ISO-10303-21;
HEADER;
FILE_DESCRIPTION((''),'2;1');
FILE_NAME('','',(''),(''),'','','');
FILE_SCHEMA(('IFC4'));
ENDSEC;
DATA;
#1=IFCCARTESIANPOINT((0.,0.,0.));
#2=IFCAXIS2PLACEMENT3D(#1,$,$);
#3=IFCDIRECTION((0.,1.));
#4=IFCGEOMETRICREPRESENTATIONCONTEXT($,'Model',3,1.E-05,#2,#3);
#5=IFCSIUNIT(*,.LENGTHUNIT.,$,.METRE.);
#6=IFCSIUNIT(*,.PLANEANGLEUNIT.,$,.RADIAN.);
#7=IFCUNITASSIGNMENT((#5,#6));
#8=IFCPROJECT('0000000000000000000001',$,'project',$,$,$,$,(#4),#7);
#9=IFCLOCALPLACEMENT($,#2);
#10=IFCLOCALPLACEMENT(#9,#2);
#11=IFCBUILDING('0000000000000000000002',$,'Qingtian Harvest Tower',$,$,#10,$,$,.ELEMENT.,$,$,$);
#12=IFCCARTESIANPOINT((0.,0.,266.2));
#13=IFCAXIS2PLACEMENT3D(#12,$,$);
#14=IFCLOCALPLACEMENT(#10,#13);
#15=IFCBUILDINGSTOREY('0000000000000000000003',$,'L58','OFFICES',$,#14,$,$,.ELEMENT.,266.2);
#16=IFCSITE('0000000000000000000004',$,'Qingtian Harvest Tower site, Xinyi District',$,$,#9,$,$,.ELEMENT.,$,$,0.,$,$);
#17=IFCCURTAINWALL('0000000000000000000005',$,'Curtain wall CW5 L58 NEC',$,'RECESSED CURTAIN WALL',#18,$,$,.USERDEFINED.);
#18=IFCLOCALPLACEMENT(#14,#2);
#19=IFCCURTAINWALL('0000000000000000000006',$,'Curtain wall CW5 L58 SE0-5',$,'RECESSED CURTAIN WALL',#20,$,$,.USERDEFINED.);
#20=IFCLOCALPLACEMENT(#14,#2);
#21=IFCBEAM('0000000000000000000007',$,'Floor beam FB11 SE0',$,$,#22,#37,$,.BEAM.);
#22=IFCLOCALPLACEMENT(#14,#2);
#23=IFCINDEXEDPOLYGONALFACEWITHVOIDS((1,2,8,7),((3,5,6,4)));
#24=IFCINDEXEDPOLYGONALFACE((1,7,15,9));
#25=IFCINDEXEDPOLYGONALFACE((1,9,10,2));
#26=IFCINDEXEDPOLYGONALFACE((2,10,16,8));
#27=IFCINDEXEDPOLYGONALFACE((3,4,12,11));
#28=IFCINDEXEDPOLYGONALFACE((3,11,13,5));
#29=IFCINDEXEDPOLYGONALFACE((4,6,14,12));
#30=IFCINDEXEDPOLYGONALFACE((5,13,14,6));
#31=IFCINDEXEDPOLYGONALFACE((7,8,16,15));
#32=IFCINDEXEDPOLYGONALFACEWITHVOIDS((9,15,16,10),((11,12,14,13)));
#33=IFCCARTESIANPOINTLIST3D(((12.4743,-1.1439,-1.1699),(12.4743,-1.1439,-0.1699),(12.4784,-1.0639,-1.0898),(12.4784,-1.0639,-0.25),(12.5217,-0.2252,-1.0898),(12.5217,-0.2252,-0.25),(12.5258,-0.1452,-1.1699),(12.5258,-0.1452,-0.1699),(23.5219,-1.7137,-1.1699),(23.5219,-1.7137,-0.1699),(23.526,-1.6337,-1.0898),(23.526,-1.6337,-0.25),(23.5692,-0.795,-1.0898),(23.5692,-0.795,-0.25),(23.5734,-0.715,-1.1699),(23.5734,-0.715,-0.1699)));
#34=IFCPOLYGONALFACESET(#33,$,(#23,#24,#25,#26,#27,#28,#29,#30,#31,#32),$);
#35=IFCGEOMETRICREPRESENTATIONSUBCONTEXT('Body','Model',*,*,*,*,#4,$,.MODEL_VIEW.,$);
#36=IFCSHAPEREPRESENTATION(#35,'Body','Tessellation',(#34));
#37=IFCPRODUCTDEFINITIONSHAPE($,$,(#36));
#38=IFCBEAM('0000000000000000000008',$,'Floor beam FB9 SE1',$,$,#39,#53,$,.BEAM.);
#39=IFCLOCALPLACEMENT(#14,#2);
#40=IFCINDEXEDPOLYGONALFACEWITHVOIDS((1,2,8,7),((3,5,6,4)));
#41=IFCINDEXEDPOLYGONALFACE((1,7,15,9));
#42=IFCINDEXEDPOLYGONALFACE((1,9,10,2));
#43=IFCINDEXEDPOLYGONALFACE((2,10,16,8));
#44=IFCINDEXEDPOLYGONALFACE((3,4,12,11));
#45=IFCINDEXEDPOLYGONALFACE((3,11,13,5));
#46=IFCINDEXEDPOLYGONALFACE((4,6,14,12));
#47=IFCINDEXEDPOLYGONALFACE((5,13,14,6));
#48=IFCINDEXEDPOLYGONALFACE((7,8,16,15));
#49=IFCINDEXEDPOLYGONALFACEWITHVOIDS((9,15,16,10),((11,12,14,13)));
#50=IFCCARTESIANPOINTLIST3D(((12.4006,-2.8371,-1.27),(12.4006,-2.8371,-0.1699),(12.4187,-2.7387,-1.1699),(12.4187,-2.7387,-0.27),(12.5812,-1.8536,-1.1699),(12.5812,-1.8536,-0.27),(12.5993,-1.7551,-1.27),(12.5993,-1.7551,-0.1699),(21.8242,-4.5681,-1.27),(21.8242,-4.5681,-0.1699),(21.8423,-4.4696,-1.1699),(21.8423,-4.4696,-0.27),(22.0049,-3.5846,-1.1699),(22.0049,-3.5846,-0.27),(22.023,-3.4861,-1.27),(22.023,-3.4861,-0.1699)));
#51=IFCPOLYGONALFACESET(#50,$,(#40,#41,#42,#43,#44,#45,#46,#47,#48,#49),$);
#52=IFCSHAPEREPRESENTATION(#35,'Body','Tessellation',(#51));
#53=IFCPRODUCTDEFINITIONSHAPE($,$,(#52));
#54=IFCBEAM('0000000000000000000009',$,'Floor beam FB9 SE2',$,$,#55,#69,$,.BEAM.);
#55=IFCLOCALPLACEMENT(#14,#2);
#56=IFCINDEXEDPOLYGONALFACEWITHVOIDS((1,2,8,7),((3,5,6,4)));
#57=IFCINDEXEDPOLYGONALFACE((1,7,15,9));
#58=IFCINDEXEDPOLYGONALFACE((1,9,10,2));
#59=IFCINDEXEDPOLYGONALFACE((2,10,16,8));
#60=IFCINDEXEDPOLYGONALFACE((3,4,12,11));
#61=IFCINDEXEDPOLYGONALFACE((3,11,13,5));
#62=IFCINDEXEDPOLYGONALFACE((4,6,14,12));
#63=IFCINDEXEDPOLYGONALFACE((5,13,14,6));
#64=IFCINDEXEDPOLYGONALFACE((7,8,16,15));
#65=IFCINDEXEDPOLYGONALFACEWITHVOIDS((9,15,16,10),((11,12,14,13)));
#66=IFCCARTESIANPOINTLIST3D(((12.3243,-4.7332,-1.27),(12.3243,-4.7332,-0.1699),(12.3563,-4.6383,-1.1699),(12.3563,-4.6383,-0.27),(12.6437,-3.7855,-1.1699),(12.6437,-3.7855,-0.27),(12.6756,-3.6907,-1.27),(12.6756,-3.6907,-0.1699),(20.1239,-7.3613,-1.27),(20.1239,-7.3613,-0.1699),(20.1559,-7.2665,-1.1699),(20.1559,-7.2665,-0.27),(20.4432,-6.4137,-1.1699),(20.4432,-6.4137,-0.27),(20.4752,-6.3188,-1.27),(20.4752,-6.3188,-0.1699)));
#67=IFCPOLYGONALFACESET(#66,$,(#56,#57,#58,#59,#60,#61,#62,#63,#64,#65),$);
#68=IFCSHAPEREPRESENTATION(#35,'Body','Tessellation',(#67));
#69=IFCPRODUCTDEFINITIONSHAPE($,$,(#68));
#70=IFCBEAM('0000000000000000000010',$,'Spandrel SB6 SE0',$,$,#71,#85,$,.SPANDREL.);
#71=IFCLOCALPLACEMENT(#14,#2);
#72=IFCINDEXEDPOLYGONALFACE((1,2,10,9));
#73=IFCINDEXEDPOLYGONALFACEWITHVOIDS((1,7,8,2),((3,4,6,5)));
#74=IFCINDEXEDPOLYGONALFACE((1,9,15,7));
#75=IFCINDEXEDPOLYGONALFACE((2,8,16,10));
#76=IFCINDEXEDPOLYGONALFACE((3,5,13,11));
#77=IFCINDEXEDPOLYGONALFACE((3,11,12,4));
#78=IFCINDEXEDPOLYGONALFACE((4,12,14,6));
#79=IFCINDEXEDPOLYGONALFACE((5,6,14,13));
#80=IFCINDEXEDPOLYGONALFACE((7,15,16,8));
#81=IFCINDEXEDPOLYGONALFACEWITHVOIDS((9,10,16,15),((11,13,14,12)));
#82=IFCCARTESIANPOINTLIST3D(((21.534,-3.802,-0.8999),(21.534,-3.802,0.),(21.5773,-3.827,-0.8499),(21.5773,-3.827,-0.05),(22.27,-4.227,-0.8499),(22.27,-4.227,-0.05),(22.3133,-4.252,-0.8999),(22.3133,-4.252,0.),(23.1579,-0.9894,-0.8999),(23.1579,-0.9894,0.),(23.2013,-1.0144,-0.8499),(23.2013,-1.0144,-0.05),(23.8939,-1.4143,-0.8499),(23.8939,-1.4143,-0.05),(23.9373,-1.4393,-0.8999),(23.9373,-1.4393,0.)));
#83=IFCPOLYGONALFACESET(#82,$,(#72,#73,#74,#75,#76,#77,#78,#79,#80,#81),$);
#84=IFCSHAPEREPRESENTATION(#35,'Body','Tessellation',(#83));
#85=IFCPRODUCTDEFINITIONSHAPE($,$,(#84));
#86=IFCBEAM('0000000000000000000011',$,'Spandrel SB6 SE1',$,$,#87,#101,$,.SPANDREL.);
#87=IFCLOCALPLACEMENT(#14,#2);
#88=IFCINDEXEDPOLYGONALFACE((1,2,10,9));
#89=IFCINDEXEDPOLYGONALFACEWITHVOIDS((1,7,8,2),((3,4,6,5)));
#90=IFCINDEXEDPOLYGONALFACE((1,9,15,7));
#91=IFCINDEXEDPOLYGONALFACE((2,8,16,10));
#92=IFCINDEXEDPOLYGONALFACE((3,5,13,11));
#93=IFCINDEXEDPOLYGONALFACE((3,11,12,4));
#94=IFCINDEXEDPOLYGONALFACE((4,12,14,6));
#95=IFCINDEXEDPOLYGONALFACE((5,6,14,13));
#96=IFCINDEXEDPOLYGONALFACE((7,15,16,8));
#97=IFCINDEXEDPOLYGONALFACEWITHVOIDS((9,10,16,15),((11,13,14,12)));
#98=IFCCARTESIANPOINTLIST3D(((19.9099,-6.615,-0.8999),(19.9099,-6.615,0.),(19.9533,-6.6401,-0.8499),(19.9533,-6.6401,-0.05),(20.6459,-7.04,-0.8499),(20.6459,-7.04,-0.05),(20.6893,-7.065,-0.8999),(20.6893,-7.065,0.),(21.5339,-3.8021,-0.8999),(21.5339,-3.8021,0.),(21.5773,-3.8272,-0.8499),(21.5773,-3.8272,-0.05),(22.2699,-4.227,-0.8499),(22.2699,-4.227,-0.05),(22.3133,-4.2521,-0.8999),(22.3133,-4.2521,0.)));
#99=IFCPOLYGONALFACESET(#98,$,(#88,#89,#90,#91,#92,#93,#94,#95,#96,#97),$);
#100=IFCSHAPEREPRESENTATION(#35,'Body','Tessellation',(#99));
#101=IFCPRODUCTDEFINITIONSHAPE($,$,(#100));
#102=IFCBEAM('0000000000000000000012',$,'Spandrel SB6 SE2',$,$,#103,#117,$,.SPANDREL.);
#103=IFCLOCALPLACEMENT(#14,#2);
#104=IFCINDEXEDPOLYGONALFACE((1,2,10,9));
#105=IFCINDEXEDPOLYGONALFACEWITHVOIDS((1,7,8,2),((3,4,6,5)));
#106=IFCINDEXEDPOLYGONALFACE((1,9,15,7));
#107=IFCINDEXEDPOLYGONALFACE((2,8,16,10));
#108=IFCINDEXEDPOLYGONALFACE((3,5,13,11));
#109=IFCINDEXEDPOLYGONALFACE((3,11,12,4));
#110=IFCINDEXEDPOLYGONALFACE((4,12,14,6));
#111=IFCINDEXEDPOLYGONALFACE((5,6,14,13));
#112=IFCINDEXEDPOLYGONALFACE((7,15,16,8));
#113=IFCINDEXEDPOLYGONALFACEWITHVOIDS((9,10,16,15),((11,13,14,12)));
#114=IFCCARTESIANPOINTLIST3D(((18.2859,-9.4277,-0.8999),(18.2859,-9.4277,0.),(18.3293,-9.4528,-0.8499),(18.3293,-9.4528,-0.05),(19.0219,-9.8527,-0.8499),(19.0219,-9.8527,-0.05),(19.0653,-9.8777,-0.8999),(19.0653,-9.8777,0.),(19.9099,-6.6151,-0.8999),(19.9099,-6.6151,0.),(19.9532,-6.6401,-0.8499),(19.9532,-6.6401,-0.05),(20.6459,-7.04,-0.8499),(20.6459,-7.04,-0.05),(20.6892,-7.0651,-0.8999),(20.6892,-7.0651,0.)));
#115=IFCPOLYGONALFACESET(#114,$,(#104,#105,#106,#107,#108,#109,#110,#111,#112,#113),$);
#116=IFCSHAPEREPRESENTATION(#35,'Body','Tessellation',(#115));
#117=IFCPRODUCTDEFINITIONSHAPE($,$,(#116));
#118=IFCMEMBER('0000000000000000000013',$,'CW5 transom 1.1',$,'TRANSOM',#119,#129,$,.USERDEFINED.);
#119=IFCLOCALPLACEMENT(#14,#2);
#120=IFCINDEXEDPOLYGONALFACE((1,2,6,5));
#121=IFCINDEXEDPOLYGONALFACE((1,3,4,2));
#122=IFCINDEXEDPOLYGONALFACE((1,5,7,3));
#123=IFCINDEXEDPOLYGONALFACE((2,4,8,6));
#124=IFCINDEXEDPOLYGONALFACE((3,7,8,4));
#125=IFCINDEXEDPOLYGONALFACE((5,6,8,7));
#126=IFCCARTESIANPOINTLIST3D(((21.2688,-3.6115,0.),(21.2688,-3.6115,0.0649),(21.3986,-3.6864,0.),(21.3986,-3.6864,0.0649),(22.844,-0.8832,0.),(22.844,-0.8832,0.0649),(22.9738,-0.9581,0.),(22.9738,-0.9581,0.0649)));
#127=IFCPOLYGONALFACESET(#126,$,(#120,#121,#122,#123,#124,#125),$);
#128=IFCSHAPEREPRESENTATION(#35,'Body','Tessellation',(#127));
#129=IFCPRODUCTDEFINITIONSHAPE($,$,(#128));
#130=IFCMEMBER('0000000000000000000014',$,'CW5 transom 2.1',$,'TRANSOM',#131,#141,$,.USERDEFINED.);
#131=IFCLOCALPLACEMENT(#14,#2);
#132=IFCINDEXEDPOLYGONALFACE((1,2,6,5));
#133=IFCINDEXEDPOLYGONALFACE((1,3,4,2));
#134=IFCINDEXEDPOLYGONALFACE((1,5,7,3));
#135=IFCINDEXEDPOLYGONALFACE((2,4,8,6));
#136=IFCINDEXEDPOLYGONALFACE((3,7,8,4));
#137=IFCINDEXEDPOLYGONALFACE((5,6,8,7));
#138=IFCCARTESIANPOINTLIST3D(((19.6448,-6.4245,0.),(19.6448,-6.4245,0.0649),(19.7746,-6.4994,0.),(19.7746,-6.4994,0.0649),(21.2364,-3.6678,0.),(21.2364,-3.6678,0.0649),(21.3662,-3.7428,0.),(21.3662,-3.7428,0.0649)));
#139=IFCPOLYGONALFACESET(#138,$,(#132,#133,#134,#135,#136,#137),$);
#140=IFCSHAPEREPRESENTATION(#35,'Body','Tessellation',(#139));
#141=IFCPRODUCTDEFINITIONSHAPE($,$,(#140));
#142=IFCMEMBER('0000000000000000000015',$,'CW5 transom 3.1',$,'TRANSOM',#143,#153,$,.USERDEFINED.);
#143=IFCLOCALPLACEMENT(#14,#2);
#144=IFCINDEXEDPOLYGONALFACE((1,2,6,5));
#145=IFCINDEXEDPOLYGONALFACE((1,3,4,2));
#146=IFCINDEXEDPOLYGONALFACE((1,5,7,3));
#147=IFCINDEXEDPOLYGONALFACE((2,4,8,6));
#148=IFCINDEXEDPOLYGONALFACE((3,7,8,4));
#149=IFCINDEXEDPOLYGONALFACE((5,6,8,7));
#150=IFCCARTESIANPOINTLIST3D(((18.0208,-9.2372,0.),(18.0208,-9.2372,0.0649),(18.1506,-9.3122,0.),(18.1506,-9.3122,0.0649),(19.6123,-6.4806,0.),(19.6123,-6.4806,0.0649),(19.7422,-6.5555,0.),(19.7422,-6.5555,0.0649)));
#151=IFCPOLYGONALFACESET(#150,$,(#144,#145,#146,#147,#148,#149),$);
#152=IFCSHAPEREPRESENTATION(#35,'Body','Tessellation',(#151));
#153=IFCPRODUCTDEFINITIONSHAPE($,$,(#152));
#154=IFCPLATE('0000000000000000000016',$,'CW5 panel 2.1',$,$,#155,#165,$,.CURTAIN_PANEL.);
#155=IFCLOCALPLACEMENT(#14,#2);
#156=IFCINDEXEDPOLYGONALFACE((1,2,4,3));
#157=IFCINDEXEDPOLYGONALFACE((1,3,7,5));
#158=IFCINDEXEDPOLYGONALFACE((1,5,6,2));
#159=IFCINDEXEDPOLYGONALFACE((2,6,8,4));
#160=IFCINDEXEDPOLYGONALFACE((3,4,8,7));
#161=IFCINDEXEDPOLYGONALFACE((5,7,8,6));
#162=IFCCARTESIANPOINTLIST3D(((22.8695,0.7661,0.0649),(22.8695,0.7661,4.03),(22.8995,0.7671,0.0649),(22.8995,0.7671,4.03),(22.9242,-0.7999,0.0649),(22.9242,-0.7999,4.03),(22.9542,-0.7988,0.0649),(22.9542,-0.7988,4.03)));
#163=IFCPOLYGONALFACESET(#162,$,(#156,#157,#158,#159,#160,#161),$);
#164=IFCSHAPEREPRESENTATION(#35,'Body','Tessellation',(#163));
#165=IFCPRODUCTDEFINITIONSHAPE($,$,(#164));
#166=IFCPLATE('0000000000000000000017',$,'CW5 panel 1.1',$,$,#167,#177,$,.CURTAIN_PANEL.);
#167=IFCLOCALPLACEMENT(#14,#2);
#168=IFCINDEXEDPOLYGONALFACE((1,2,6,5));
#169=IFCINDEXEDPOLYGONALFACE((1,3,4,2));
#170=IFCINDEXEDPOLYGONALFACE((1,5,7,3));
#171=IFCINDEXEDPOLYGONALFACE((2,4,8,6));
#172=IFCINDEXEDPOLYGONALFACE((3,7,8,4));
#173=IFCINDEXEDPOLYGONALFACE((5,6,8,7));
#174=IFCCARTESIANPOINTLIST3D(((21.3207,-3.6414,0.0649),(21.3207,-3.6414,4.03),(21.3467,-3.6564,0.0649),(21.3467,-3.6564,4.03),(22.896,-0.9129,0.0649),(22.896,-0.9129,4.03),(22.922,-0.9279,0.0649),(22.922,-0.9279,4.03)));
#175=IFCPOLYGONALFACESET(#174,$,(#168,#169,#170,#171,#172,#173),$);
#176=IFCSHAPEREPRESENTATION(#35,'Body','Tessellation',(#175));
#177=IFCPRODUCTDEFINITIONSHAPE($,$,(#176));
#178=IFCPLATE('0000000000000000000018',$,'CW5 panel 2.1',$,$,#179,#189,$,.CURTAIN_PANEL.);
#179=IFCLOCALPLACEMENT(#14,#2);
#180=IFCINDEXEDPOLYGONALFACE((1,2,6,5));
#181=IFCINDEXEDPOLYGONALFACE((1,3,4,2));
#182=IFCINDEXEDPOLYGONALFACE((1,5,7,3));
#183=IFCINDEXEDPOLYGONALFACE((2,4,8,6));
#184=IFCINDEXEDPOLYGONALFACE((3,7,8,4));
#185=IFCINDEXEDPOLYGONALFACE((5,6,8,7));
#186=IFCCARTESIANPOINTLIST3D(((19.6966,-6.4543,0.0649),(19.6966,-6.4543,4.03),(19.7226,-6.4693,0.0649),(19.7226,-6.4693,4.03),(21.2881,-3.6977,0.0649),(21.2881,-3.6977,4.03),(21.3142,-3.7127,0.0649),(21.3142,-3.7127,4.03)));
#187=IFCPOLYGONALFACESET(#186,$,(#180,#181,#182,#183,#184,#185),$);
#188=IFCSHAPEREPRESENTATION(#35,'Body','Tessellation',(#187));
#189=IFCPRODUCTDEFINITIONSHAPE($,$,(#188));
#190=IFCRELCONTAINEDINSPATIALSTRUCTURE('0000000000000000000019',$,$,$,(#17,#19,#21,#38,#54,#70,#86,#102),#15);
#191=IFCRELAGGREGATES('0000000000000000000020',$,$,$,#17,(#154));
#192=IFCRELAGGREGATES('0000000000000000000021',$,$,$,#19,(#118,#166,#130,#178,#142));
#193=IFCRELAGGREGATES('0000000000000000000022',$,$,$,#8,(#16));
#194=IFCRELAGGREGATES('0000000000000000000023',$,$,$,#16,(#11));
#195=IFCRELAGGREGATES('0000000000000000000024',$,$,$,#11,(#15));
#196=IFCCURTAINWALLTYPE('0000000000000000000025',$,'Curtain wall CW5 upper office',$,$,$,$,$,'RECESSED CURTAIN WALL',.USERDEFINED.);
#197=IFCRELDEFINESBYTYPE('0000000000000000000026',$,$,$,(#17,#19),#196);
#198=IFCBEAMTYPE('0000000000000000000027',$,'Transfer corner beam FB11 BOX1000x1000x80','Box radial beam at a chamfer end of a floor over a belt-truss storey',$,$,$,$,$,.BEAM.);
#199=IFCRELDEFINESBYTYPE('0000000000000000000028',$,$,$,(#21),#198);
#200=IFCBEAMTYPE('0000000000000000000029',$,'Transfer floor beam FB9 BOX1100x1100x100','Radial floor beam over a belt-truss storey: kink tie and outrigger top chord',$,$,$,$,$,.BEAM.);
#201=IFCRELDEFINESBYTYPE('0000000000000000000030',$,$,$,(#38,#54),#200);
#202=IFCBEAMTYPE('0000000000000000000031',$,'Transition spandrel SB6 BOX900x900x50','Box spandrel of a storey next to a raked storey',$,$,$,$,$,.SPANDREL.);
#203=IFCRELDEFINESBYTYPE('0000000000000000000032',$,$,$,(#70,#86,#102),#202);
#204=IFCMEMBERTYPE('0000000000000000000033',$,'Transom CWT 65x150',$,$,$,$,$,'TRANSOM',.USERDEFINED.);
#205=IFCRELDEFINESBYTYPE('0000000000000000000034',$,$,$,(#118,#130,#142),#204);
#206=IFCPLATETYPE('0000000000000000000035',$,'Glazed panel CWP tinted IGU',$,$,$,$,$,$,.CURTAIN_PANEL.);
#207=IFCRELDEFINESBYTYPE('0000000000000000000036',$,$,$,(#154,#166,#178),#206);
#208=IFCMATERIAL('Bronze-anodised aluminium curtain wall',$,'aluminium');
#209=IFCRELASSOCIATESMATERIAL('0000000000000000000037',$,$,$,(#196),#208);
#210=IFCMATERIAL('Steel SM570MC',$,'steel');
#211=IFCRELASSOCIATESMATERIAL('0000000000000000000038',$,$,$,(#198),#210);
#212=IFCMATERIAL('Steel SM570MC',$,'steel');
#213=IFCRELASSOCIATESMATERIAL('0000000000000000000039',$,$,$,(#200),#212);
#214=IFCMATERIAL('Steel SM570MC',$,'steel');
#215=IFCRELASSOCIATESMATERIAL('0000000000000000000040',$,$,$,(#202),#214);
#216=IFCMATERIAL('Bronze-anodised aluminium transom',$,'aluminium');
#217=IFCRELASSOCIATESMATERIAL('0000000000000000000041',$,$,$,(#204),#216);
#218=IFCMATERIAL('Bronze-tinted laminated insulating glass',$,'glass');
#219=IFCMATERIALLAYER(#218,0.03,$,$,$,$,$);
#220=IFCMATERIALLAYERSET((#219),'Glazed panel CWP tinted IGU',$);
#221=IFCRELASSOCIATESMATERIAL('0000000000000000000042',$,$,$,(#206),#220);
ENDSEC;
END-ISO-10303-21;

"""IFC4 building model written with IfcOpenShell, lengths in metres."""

from ifc_helpers import new_model, si_unit, direction, frame, origin, origin_2d, place, context, subcontext, project, spatial, rectangle, hollow_rectangle, extrude, material, layer, layer_set, material_profile, profile_set, type_object, element, aggregate, save


model = new_model("IFC4")

# Units and contexts
model_context = context("Model", 3, precision=1e-05, world=origin(), true_north=direction((0.0, 1.0)))
body_context = subcontext(model_context, "Body", "Model", "MODEL_VIEW")
ifc_project = project(units=[si_unit("LENGTHUNIT", "METRE"), si_unit("PLANEANGLEUNIT", "RADIAN")], contexts=[model_context])

# Site, building, storey
site_placement = place(None, origin())
site = spatial("IfcSite", under=ifc_project, at=site_placement, Name="Qingtian Harvest Tower site, Xinyi District", CompositionType="ELEMENT", RefElevation=0.0)
building_placement = place(site_placement, origin())
building = spatial("IfcBuilding", under=site, at=building_placement, Name="Qingtian Harvest Tower", CompositionType="ELEMENT")
storey_placement = place(building_placement, frame((0.0, 0.0, 266.2)))
storey = spatial("IfcBuildingStorey", under=building, at=storey_placement, Name="L58", Description="OFFICES", CompositionType="ELEMENT", Elevation=266.2)

# Curtain wall
ifc_material_1 = material(Name="Bronze-anodised aluminium curtain wall", Category="aluminium")
curtain_wall_type = type_object("IfcCurtainWallType", Name="Curtain wall CW5 upper office", ElementType="RECESSED CURTAIN WALL", PredefinedType="USERDEFINED", material=ifc_material_1)
curtain_wall_1_placement = place(storey_placement, origin())
curtain_wall_1 = element("IfcCurtainWall", 1, at=curtain_wall_1_placement, inside=storey, type_object=curtain_wall_type, Name="Curtain wall CW5 L58 NEC", ObjectType="RECESSED CURTAIN WALL", PredefinedType="USERDEFINED")

# Curtain wall
curtain_wall_2_placement = place(storey_placement, origin())
curtain_wall_2 = element("IfcCurtainWall", 2, at=curtain_wall_2_placement, inside=storey, type_object=curtain_wall_type, Name="Curtain wall CW5 L58 SE0-5", ObjectType="RECESSED CURTAIN WALL", PredefinedType="USERDEFINED")

# Beams
ifc_material_2 = material(Name="Steel SM570MC", Category="steel")
ifc_material_profile_1 = material_profile(ifc_material_2, hollow_rectangle(XDim=1.0, YDim=1.0, WallThickness=0.0801, at=origin_2d()), Name="BOX1000x1000x80")
ifc_profile_set_1 = profile_set([ifc_material_profile_1], Name="Steel SM570MC")
beam_type_1 = type_object("IfcBeamType", Name="Transfer corner beam FB11 BOX1000x1000x80", Description="Box radial beam at a chamfer end of a floor over a belt-truss storey", PredefinedType="BEAM", material=ifc_profile_set_1)
beam_1_placement = place(storey_placement, frame((23.5476, -1.2144, -0.6699), z_axis=(-0.998672, 0.05151, 0.0), x_axis=(-0.05151, -0.998672, 0.0)))
element("IfcBeam", 3, at=beam_1_placement, inside=storey, type_object=beam_type_1, Name="Floor beam FB11 SE0", PredefinedType="BEAM", context=body_context, shape_type="SweptSolid", body=[
    extrude(hollow_rectangle(XDim=1.0, YDim=1.0, WallThickness=0.0801, at=origin_2d()), origin(), (0.0, 0.0, 1.0), 11.0623),
])
ifc_material_3 = material(Name="Steel SM570MC", Category="steel")
ifc_material_profile_2 = material_profile(ifc_material_3, hollow_rectangle(XDim=1.1001, YDim=1.1001, WallThickness=0.1001, at=origin_2d()), Name="BOX1100x1100x100")
ifc_profile_set_2 = profile_set([ifc_material_profile_2], Name="Steel SM570MC")
beam_type_2 = type_object("IfcBeamType", Name="Transfer floor beam FB9 BOX1100x1100x100", Description="Radial floor beam over a belt-truss storey: kink tie and outrigger top chord", PredefinedType="BEAM", material=ifc_profile_set_2)
beam_2_placement = place(storey_placement, frame((21.9236, -4.0271, -0.72), z_axis=(-0.983545, 0.180661, 0.0), x_axis=(-0.180661, -0.983545, 0.0)))
element("IfcBeam", 4, at=beam_2_placement, inside=storey, type_object=beam_type_2, Name="Floor beam FB9 SE1", PredefinedType="BEAM", context=body_context, shape_type="SweptSolid", body=[
    extrude(hollow_rectangle(XDim=1.1001, YDim=1.1001, WallThickness=0.1001, at=origin_2d()), origin(), (0.0, 0.0, 1.0), 9.5813),
])
beam_3_placement = place(storey_placement, frame((20.2996, -6.8401, -0.72), z_axis=(-0.947646, 0.319323, 0.0), x_axis=(-0.319323, -0.947646, 0.0)))
element("IfcBeam", 5, at=beam_3_placement, inside=storey, type_object=beam_type_2, Name="Floor beam FB9 SE2", PredefinedType="BEAM", context=body_context, shape_type="SweptSolid", body=[
    extrude(hollow_rectangle(XDim=1.1001, YDim=1.1001, WallThickness=0.1001, at=origin_2d()), origin(), (0.0, 0.0, 1.0), 8.2305),
])
ifc_material_4 = material(Name="Steel SM570MC", Category="steel")
ifc_material_profile_3 = material_profile(ifc_material_4, hollow_rectangle(XDim=0.8999, YDim=0.8999, WallThickness=0.05, at=origin_2d()), Name="BOX900x900x50")
ifc_profile_set_3 = profile_set([ifc_material_profile_3], Name="Steel SM570MC")
beam_type_3 = type_object("IfcBeamType", Name="Transition spandrel SB6 BOX900x900x50", Description="Box spandrel of a storey next to a raked storey", PredefinedType="SPANDREL", material=ifc_profile_set_3)
beam_4_placement = place(storey_placement, frame((23.5476, -1.2144, -0.45), z_axis=(-0.50002, -0.866014, 0.0), x_axis=(0.866014, -0.50002, 0.0)))
element("IfcBeam", 6, at=beam_4_placement, inside=storey, type_object=beam_type_3, Name="Spandrel SB6 SE0", PredefinedType="SPANDREL", context=body_context, shape_type="SweptSolid", body=[
    extrude(hollow_rectangle(XDim=0.8999, YDim=0.8999, WallThickness=0.05, at=origin_2d()), origin(), (0.0, 0.0, 1.0), 3.2478),
])
beam_5_placement = place(storey_placement, frame((21.9236, -4.0271, -0.45), z_axis=(-0.499987, -0.866033, 0.0), x_axis=(0.866033, -0.499987, 0.0)))
element("IfcBeam", 7, at=beam_5_placement, inside=storey, type_object=beam_type_3, Name="Spandrel SB6 SE1", PredefinedType="SPANDREL", context=body_context, shape_type="SweptSolid", body=[
    extrude(hollow_rectangle(XDim=0.8999, YDim=0.8999, WallThickness=0.05, at=origin_2d()), origin(), (0.0, 0.0, 1.0), 3.248),
])
beam_6_placement = place(storey_placement, frame((20.2996, -6.8401, -0.45), z_axis=(-0.50002, -0.866014, 0.0), x_axis=(0.866014, -0.50002, 0.0)))
element("IfcBeam", 8, at=beam_6_placement, inside=storey, type_object=beam_type_3, Name="Spandrel SB6 SE2", PredefinedType="SPANDREL", context=body_context, shape_type="SweptSolid", body=[
    extrude(hollow_rectangle(XDim=0.8999, YDim=0.8999, WallThickness=0.05, at=origin_2d()), origin(), (0.0, 0.0, 1.0), 3.2478),
])

# Members
ifc_material_5 = material(Name="Bronze-anodised aluminium transom", Category="aluminium")
ifc_material_profile_4 = material_profile(ifc_material_5, rectangle(XDim=0.1499, YDim=0.0649, at=origin_2d()), Name="AL 65x150")
ifc_profile_set_4 = profile_set([ifc_material_profile_4], Name="Bronze-anodised aluminium transom")
member_type_1 = type_object("IfcMemberType", Name="Transom CWT 65x150", ElementType="TRANSOM", PredefinedType="USERDEFINED", material=ifc_profile_set_4)
member_1_placement = place(storey_placement, frame((22.9089, -0.9207, 0.0325), z_axis=(-0.500006, -0.866022, 0.0), x_axis=(0.866022, -0.500006, 0.0)))
member_1 = element("IfcMember", 9, at=member_1_placement, type_object=member_type_1, Name="CW5 transom 1.1", ObjectType="TRANSOM", PredefinedType="USERDEFINED", context=body_context, shape_type="SweptSolid", body=[
    extrude(rectangle(XDim=0.1499, YDim=0.0649, at=origin_2d()), origin(), (0.0, 0.0, 1.0), 3.1504),
])
member_2_placement = place(storey_placement, frame((21.3013, -3.7053, 0.0325), z_axis=(-0.500008, -0.866021, 0.0), x_axis=(0.866021, -0.500008, 0.0)))
member_2 = element("IfcMember", 10, at=member_2_placement, type_object=member_type_1, Name="CW5 transom 2.1", ObjectType="TRANSOM", PredefinedType="USERDEFINED", context=body_context, shape_type="SweptSolid", body=[
    extrude(rectangle(XDim=0.1499, YDim=0.0649, at=origin_2d()), origin(), (0.0, 0.0, 1.0), 3.1831),
])
member_3_placement = place(storey_placement, frame((19.6772, -6.5181, 0.0325), z_axis=(-0.500008, -0.866021, 0.0), x_axis=(0.866021, -0.500008, 0.0)))
member_3 = element("IfcMember", 11, at=member_3_placement, type_object=member_type_1, Name="CW5 transom 3.1", ObjectType="TRANSOM", PredefinedType="USERDEFINED", context=body_context, shape_type="SweptSolid", body=[
    extrude(rectangle(XDim=0.1499, YDim=0.0649, at=origin_2d()), origin(), (0.0, 0.0, 1.0), 3.1831),
])

# Plates
ifc_material_6 = material(Name="Bronze-tinted laminated insulating glass", Category="glass")
ifc_layer_1 = layer(ifc_material_6, 0.03)
ifc_layer_set_1 = layer_set([ifc_layer_1], Name="Glazed panel CWP tinted IGU")
plate_type = type_object("IfcPlateType", Name="Glazed panel CWP tinted IGU", PredefinedType="CURTAIN_PANEL", material=ifc_layer_set_1)
plate_1_placement = place(storey_placement, frame((22.9119, -0.0164, 0.0649), z_axis=(0.0, 0.0, 1.0), x_axis=(0.034899, -0.999391, 0.0)))
plate_1 = element("IfcPlate", 12, at=plate_1_placement, type_object=plate_type, Name="CW5 panel 2.1", PredefinedType="CURTAIN_PANEL", context=body_context, shape_type="SweptSolid", body=[
    extrude(rectangle(XDim=1.5669, YDim=0.03, at=origin_2d()), origin(), (0.0, 0.0, 1.0), 3.9651),
])
aggregate(curtain_wall_1, [plate_1])
plate_2_placement = place(storey_placement, frame((22.1213, -2.2847, 0.0649), z_axis=(0.0, 0.0, 1.0), x_axis=(-0.5, -0.866025, 0.0)))
plate_2 = element("IfcPlate", 13, at=plate_2_placement, type_object=plate_type, Name="CW5 panel 1.1", PredefinedType="CURTAIN_PANEL", context=body_context, shape_type="SweptSolid", body=[
    extrude(rectangle(XDim=3.1506, YDim=0.03, at=origin_2d()), origin(), (0.0, 0.0, 1.0), 3.9651),
])
plate_3_placement = place(storey_placement, frame((20.5054, -5.0835, 0.0649), z_axis=(0.0, 0.0, 1.0), x_axis=(-0.5, -0.866025, 0.0)))
plate_3 = element("IfcPlate", 14, at=plate_3_placement, type_object=plate_type, Name="CW5 panel 2.1", PredefinedType="CURTAIN_PANEL", context=body_context, shape_type="SweptSolid", body=[
    extrude(rectangle(XDim=3.1831, YDim=0.03, at=origin_2d()), origin(), (0.0, 0.0, 1.0), 3.9651),
])
aggregate(curtain_wall_2, [member_1, plate_2, member_2, plate_3, member_3])

save(model, "model.ifc")
